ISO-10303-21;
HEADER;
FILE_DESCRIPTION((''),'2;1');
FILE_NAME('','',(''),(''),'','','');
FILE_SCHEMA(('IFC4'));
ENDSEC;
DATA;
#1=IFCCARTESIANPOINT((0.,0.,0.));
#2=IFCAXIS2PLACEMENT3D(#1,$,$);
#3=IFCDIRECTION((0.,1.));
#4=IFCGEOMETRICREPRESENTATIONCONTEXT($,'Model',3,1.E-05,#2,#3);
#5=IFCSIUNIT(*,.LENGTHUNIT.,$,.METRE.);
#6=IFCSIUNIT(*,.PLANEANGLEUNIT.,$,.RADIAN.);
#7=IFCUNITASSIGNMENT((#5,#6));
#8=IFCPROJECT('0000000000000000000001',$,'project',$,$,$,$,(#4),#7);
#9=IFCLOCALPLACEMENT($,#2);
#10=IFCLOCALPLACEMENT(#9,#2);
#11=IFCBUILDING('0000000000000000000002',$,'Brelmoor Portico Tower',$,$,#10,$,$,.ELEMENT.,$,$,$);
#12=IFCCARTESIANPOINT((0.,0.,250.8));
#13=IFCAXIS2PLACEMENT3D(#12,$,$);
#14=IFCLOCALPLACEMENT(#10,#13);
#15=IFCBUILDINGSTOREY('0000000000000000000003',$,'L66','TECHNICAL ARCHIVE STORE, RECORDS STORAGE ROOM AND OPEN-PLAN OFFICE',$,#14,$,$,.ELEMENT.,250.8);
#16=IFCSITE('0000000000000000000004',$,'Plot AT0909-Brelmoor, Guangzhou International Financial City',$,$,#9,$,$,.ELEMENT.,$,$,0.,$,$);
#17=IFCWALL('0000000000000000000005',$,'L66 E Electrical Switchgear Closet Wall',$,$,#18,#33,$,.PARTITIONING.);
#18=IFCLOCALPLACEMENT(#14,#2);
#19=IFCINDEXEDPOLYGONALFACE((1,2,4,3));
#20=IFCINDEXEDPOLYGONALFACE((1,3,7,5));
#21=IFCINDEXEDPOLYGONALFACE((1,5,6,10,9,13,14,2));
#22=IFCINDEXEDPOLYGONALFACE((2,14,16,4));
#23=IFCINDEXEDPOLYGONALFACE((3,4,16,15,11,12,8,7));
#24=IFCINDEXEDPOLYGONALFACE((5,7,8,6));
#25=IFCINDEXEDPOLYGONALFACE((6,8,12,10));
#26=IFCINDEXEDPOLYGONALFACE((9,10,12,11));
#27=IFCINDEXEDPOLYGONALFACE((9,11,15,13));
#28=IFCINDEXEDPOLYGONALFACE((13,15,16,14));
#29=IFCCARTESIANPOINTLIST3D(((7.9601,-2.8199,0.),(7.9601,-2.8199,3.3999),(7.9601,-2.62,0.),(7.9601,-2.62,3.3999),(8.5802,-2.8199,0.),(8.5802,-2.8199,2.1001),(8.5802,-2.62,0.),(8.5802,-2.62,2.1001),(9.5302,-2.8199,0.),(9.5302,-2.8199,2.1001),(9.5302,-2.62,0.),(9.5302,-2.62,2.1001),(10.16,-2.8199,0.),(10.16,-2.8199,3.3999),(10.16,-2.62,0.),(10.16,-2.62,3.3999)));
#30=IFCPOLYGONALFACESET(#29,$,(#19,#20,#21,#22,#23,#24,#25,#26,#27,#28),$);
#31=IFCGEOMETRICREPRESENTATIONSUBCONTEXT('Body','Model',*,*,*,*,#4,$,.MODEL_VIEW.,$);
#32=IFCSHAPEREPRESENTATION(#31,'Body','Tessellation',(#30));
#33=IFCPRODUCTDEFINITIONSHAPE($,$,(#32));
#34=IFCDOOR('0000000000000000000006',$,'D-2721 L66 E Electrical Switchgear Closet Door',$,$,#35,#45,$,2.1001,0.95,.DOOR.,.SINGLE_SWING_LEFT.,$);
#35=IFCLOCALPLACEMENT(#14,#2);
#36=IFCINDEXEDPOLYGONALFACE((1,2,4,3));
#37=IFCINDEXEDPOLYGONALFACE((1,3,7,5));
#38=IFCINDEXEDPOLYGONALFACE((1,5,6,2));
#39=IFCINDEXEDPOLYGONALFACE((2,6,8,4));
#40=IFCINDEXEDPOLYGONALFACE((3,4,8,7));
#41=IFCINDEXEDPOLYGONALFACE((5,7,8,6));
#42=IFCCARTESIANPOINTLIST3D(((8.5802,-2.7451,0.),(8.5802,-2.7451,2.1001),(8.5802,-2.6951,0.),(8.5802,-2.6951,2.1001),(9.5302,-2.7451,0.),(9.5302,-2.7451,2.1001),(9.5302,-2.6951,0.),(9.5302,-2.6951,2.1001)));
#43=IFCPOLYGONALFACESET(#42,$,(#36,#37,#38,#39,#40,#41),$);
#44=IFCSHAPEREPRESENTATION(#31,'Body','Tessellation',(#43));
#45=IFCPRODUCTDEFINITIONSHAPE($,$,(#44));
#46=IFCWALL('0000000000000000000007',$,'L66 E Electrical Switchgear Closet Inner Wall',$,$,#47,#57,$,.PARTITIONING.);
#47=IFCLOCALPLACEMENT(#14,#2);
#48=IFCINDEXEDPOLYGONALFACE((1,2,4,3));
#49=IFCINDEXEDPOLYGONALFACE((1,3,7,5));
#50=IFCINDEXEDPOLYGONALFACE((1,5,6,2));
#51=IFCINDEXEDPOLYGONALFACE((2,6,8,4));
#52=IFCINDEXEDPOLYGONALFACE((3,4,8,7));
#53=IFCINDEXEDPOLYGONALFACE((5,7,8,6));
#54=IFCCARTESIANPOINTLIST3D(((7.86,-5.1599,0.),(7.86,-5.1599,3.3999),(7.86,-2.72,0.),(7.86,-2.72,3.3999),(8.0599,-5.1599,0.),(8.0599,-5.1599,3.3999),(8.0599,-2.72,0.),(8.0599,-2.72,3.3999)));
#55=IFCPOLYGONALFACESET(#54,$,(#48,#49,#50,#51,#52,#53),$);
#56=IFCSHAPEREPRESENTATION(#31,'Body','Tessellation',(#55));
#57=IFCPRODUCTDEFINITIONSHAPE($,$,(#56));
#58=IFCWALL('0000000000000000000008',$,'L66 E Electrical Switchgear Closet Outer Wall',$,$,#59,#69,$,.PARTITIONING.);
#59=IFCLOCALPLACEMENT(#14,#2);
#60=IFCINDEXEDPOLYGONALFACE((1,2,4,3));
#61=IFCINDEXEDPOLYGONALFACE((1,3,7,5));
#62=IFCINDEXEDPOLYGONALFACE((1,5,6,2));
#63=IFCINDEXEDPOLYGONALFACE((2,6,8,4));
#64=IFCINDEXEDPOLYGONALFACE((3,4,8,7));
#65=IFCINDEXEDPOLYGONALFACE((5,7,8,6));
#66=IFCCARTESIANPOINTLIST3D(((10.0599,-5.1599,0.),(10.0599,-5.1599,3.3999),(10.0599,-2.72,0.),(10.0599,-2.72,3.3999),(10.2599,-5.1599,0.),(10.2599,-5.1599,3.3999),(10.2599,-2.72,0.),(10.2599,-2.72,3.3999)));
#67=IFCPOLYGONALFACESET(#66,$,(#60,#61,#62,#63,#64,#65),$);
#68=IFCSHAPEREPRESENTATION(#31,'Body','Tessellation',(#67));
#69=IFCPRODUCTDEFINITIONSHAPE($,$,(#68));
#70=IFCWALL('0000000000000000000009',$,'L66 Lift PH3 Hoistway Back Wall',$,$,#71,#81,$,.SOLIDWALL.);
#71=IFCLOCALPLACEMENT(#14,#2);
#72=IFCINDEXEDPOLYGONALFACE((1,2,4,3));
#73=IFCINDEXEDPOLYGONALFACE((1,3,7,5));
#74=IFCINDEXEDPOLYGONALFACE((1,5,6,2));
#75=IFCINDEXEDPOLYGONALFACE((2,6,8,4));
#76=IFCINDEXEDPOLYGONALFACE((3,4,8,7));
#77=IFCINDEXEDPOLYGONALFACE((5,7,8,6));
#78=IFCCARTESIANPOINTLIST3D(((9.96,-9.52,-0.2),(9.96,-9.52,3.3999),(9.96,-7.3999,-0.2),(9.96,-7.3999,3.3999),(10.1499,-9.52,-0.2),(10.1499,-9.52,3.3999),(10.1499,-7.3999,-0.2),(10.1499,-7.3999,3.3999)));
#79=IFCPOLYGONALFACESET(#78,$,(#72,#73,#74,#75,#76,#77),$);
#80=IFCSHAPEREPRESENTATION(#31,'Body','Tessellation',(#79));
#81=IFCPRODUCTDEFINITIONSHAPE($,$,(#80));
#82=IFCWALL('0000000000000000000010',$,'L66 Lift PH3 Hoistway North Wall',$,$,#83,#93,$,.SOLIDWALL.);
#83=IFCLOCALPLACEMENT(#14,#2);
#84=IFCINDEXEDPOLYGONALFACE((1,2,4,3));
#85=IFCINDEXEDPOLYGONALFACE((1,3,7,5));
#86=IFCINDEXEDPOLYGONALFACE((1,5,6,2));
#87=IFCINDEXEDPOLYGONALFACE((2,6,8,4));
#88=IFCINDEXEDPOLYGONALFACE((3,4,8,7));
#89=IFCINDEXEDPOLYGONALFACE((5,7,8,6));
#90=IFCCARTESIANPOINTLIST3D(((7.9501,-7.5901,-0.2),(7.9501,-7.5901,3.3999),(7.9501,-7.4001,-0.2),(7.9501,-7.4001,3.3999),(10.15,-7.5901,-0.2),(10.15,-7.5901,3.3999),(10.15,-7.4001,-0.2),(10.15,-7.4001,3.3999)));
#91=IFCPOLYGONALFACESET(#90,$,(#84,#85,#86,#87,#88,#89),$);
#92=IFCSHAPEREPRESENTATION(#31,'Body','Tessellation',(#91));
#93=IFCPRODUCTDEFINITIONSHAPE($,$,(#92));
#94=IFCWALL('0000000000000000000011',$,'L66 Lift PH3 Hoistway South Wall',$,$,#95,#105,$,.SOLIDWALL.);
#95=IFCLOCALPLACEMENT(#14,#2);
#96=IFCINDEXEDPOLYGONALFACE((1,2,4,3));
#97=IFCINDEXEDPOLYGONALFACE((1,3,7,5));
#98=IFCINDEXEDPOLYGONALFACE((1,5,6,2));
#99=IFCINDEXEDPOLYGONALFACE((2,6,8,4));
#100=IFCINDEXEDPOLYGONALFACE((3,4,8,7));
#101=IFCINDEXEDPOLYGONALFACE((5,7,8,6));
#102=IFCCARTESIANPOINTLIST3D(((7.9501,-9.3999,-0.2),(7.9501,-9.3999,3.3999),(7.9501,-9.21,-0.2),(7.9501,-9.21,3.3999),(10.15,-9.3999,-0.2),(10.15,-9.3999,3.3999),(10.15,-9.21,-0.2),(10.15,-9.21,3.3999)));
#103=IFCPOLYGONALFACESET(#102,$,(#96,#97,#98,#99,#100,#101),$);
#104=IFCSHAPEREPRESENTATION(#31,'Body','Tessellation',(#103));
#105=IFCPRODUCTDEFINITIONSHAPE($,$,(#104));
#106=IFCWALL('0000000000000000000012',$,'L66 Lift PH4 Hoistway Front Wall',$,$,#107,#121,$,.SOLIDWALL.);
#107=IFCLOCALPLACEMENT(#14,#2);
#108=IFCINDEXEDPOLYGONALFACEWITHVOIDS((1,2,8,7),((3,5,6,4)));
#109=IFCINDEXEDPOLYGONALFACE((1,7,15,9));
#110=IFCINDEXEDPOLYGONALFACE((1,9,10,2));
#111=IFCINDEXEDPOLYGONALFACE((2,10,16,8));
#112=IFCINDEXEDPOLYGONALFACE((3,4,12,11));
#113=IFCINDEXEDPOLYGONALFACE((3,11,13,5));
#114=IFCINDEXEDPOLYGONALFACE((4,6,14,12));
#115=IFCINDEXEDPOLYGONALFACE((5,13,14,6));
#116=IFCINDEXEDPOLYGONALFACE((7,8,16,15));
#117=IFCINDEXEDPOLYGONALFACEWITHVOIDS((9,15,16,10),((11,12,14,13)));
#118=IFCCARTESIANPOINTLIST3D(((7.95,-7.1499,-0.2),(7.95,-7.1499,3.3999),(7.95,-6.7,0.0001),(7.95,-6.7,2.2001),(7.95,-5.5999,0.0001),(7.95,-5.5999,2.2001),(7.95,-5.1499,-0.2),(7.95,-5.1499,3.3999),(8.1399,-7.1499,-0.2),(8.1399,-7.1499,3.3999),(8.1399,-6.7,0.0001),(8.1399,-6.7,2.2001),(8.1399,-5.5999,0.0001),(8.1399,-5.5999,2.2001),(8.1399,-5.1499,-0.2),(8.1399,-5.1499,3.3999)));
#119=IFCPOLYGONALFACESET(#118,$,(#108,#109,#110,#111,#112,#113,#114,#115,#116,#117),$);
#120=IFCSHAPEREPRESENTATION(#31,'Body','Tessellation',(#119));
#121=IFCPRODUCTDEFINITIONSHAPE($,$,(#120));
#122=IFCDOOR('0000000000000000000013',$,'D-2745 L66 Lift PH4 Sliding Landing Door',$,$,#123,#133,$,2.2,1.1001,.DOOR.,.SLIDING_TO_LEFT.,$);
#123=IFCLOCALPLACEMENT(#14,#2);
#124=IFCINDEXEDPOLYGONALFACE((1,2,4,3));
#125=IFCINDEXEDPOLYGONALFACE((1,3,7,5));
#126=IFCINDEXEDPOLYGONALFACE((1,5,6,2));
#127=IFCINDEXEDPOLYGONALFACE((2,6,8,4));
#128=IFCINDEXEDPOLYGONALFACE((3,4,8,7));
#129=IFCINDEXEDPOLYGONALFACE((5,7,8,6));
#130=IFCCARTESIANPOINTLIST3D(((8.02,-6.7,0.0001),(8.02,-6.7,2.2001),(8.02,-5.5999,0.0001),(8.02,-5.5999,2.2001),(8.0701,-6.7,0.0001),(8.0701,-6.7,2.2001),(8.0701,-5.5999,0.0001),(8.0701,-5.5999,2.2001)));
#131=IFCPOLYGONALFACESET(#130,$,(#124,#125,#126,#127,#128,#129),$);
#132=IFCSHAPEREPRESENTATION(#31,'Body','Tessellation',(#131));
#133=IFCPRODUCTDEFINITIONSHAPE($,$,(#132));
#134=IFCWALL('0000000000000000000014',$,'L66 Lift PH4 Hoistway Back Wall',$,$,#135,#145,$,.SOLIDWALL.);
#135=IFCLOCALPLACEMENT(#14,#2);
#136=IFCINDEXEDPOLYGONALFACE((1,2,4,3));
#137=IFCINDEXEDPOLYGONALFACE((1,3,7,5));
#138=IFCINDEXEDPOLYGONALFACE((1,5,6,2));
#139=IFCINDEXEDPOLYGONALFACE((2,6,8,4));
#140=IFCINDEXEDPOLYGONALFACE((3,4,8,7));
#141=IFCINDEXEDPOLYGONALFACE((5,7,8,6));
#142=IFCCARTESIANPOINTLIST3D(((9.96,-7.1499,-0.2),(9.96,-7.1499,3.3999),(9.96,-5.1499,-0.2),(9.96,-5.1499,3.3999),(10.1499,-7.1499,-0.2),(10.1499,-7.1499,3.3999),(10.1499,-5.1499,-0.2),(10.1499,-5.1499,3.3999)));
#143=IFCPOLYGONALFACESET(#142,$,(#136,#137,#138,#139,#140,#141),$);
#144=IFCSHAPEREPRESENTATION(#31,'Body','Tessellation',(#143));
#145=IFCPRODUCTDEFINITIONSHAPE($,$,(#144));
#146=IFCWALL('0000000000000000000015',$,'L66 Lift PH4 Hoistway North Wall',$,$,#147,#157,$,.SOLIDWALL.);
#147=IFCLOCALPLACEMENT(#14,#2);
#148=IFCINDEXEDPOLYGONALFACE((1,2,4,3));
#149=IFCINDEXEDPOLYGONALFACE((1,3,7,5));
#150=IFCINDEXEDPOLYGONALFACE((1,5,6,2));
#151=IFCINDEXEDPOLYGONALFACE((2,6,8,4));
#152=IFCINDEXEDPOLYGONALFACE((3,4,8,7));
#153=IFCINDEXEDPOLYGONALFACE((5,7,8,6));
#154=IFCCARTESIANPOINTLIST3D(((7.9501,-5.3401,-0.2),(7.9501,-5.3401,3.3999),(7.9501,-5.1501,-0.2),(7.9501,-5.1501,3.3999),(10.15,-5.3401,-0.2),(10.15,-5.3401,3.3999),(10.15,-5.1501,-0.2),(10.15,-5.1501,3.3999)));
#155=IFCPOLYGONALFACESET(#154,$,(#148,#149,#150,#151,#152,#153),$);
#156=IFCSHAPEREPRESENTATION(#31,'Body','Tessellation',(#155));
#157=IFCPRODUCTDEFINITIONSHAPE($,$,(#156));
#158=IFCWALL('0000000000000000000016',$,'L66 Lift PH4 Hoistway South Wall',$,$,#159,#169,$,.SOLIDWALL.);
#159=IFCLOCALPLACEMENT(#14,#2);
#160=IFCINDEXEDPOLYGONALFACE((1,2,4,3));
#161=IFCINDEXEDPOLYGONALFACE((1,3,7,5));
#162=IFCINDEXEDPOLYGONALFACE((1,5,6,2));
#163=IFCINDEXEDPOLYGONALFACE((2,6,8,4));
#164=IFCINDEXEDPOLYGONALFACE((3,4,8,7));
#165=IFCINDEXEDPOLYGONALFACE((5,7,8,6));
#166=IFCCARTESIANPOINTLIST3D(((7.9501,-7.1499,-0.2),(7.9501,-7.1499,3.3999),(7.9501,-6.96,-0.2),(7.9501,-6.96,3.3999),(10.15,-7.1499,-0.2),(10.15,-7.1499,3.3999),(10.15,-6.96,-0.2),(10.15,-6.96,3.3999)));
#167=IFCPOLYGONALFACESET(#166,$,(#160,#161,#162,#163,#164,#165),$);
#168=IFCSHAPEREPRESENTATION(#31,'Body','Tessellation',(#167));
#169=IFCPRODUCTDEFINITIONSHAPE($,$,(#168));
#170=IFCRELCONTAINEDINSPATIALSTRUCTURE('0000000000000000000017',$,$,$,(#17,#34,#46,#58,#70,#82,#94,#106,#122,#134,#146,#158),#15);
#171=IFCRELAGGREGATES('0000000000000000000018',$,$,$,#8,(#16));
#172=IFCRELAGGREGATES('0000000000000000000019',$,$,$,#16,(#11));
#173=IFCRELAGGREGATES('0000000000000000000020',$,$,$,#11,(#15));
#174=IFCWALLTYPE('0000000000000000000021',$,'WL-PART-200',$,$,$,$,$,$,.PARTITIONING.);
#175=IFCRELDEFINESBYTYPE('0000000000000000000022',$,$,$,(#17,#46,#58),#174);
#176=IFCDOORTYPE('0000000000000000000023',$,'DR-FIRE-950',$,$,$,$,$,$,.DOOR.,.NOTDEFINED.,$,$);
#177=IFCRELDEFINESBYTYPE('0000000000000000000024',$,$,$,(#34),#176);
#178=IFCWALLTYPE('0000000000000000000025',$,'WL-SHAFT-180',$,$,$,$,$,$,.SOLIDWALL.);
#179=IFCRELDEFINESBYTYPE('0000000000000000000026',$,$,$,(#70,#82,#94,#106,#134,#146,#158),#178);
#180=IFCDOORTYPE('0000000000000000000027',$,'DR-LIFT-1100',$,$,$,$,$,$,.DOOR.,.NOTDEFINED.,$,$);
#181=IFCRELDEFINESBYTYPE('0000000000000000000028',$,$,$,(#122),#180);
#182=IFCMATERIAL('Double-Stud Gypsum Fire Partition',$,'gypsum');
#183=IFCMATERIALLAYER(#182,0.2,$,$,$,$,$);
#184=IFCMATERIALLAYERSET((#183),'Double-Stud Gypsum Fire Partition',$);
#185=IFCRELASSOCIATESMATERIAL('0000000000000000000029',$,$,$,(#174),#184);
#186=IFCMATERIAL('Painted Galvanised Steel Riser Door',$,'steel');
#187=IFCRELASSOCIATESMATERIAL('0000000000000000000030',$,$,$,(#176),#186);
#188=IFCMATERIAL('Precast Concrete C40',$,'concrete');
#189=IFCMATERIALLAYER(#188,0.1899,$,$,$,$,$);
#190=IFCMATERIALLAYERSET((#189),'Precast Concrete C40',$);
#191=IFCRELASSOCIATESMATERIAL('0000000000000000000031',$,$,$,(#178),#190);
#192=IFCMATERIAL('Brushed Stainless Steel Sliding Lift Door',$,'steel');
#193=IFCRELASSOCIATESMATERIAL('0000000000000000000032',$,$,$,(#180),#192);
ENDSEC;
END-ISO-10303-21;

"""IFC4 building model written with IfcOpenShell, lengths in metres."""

from ifc_helpers import new_model, si_unit, direction, frame, frame_2d, origin, place, context, subcontext, project, spatial, rectangle, extrude, material, layer, layer_set, type_object, element, fill, save


model = new_model("IFC4")

# Units and contexts
model_context = context("Model", 3, precision=1e-05, world=origin(), true_north=direction((0.0, 1.0)))
body_context = subcontext(model_context, "Body", "Model", "MODEL_VIEW")
ifc_project = project(units=[si_unit("LENGTHUNIT", "METRE"), si_unit("PLANEANGLEUNIT", "RADIAN")], contexts=[model_context])

# Site, building, storey
site_placement = place(None, origin())
site = spatial("IfcSite", under=ifc_project, at=site_placement, Name="Plot AT0909-Brelmoor, Guangzhou International Financial City", CompositionType="ELEMENT", RefElevation=0.0)
building_placement = place(site_placement, origin())
building = spatial("IfcBuilding", under=site, at=building_placement, Name="Brelmoor Portico Tower", CompositionType="ELEMENT")
storey_placement = place(building_placement, frame((0.0, 0.0, 250.8)))
storey = spatial("IfcBuildingStorey", under=building, at=storey_placement, Name="L66", Description="TECHNICAL ARCHIVE STORE, RECORDS STORAGE ROOM AND OPEN-PLAN OFFICE", CompositionType="ELEMENT", Elevation=250.8)

# Shared definitions
ifc_material_1 = material(Name="Double-Stud Gypsum Fire Partition", Category="gypsum")
ifc_layer_1 = layer(ifc_material_1, 0.2)
ifc_layer_set_1 = layer_set([ifc_layer_1], Name="Double-Stud Gypsum Fire Partition")
wall_type_1 = type_object("IfcWallType", Name="WL-PART-200", PredefinedType="PARTITIONING", material=ifc_layer_set_1)

# Wall, opening, door
wall_1_placement = place(storey_placement, frame((7.96, -2.72, 0.0), z_axis=(0.0, 0.0, 1.0), x_axis=(1.0, 0.0, 0.0)))
wall_1 = element("IfcWall", 1, at=wall_1_placement, inside=storey, type_object=wall_type_1, Name="L66 E Electrical Switchgear Closet Wall", PredefinedType="PARTITIONING", context=body_context, shape_type="SweptSolid", body=[
    extrude(rectangle(XDim=2.2, YDim=0.2, at=frame_2d((1.1001, 0.0))), origin(), (0.0, 0.0, 1.0), 3.3999),
])
opening_1_placement = place(wall_1_placement, frame((0.6201, 0.0, 0.0)))
opening_1 = element("IfcOpeningElement", 2, at=opening_1_placement, cuts=wall_1, PredefinedType="OPENING", context=body_context, shape_type="SweptSolid", body=[
    extrude(rectangle(XDim=0.95, YDim=2.1001, at=frame_2d((0.4751, 1.05))), frame((0.0, 0.1099, 0.0), z_axis=(0.0, -1.0, 0.0), x_axis=(1.0, 0.0, 0.0)), (0.0, 0.0, 1.0), 0.22),
])
ifc_material_2 = material(Name="Painted Galvanised Steel Riser Door", Category="steel")
door_type_1 = type_object("IfcDoorType", Name="DR-FIRE-950", OperationType="NOTDEFINED", PredefinedType="DOOR", material=ifc_material_2)
door_1_placement = place(opening_1_placement, origin())
door_1 = element("IfcDoor", 3, at=door_1_placement, inside=storey, type_object=door_type_1, Name="D-2721 L66 E Electrical Switchgear Closet Door", OperationType="SINGLE_SWING_LEFT", OverallHeight=2.1001, OverallWidth=0.95, PredefinedType="DOOR", context=body_context, shape_type="SweptSolid", body=[
    extrude(rectangle(XDim=0.95, YDim=2.1001, at=frame_2d((0.4751, 1.05))), frame((0.0, 0.0249, 0.0), z_axis=(0.0, -1.0, 0.0), x_axis=(1.0, 0.0, 0.0)), (0.0, 0.0, 1.0), 0.05),
])
fill(opening_1, door_1)

# Walls
for number, where, z_axis, x_axis, name in (
    (4, (7.96, -5.1599, 0.0), (0.0, 0.0, 1.0), (0.0, 1.0, 0.0), "L66 E Electrical Switchgear Closet Inner Wall"),
    (5, (10.1599, -5.1599, 0.0), (0.0, 0.0, 1.0), (0.0, 1.0, 0.0), "L66 E Electrical Switchgear Closet Outer Wall"),
):
    element("IfcWall", number, at=place(storey_placement, frame(where, z_axis=z_axis, x_axis=x_axis)), inside=storey, type_object=wall_type_1, Name=name, PredefinedType="PARTITIONING", context=body_context, shape_type="SweptSolid", body=[
        extrude(rectangle(XDim=2.4399, YDim=0.2, at=frame_2d((1.22, 0.0))), origin(), (0.0, 0.0, 1.0), 3.3999),
    ])
ifc_material_3 = material(Name="Precast Concrete C40", Category="concrete")
ifc_layer_2 = layer(ifc_material_3, 0.1899)
ifc_layer_set_2 = layer_set([ifc_layer_2], Name="Precast Concrete C40")
wall_type_2 = type_object("IfcWallType", Name="WL-SHAFT-180", PredefinedType="SOLIDWALL", material=ifc_layer_set_2)
wall_2_placement = place(storey_placement, frame((10.0549, -9.52, -0.2), z_axis=(0.0, 0.0, 1.0), x_axis=(0.0, 1.0, 0.0)))
element("IfcWall", 6, at=wall_2_placement, inside=storey, type_object=wall_type_2, Name="L66 Lift PH3 Hoistway Back Wall", PredefinedType="SOLIDWALL", context=body_context, shape_type="SweptSolid", body=[
    extrude(rectangle(XDim=2.1201, YDim=0.1899, at=frame_2d((1.0601, 0.0))), origin(), (0.0, 0.0, 1.0), 3.5999),
])
for number, where, z_axis, x_axis, name in (
    (7, (7.95, -7.4951, -0.2), (0.0, 0.0, 1.0), (1.0, 0.0, 0.0), "L66 Lift PH3 Hoistway North Wall"),
    (8, (7.95, -9.3049, -0.2), (0.0, 0.0, 1.0), (1.0, 0.0, 0.0), "L66 Lift PH3 Hoistway South Wall"),
):
    element("IfcWall", number, at=place(storey_placement, frame(where, z_axis=z_axis, x_axis=x_axis)), inside=storey, type_object=wall_type_2, Name=name, PredefinedType="SOLIDWALL", context=body_context, shape_type="SweptSolid", body=[
        extrude(rectangle(XDim=2.2, YDim=0.1899, at=frame_2d((1.1001, 0.0))), origin(), (0.0, 0.0, 1.0), 3.5999),
    ])

# Wall, opening, door
wall_3_placement = place(storey_placement, frame((8.0449, -7.1499, -0.2), z_axis=(0.0, 0.0, 1.0), x_axis=(0.0, 1.0, 0.0)))
wall_3 = element("IfcWall", 9, at=wall_3_placement, inside=storey, type_object=wall_type_2, Name="L66 Lift PH4 Hoistway Front Wall", PredefinedType="SOLIDWALL", context=body_context, shape_type="SweptSolid", body=[
    extrude(rectangle(XDim=2.0, YDim=0.1899, at=frame_2d((1.0, 0.0))), origin(), (0.0, 0.0, 1.0), 3.5999),
])
opening_2_placement = place(wall_3_placement, frame((0.45, 0.0, 0.2)))
opening_2 = element("IfcOpeningElement", 10, at=opening_2_placement, cuts=wall_3, PredefinedType="OPENING", context=body_context, shape_type="SweptSolid", body=[
    extrude(rectangle(XDim=1.1001, YDim=2.2, at=frame_2d((0.55, 1.1001))), frame((0.0, 0.105, 0.0), z_axis=(0.0, -1.0, 0.0), x_axis=(1.0, 0.0, 0.0)), (0.0, 0.0, 1.0), 0.21),
])
ifc_material_4 = material(Name="Brushed Stainless Steel Sliding Lift Door", Category="steel")
door_type_2 = type_object("IfcDoorType", Name="DR-LIFT-1100", OperationType="NOTDEFINED", PredefinedType="DOOR", material=ifc_material_4)
door_2_placement = place(opening_2_placement, origin())
door_2 = element("IfcDoor", 11, at=door_2_placement, inside=storey, type_object=door_type_2, Name="D-2745 L66 Lift PH4 Sliding Landing Door", OperationType="SLIDING_TO_LEFT", OverallHeight=2.2, OverallWidth=1.1001, PredefinedType="DOOR", context=body_context, shape_type="SweptSolid", body=[
    extrude(rectangle(XDim=1.1001, YDim=2.2, at=frame_2d((0.55, 1.1001))), frame((0.0, 0.0249, 0.0), z_axis=(0.0, -1.0, 0.0), x_axis=(1.0, 0.0, 0.0)), (0.0, 0.0, 1.0), 0.05),
])
fill(opening_2, door_2)

# Walls
wall_4_placement = place(storey_placement, frame((10.0549, -7.1499, -0.2), z_axis=(0.0, 0.0, 1.0), x_axis=(0.0, 1.0, 0.0)))
element("IfcWall", 12, at=wall_4_placement, inside=storey, type_object=wall_type_2, Name="L66 Lift PH4 Hoistway Back Wall", PredefinedType="SOLIDWALL", context=body_context, shape_type="SweptSolid", body=[
    extrude(rectangle(XDim=2.0, YDim=0.1899, at=frame_2d((1.0, 0.0))), origin(), (0.0, 0.0, 1.0), 3.5999),
])
for number, where, z_axis, x_axis, name in (
    (13, (7.95, -5.2451, -0.2), (0.0, 0.0, 1.0), (1.0, 0.0, 0.0), "L66 Lift PH4 Hoistway North Wall"),
    (14, (7.95, -7.0549, -0.2), (0.0, 0.0, 1.0), (1.0, 0.0, 0.0), "L66 Lift PH4 Hoistway South Wall"),
):
    element("IfcWall", number, at=place(storey_placement, frame(where, z_axis=z_axis, x_axis=x_axis)), inside=storey, type_object=wall_type_2, Name=name, PredefinedType="SOLIDWALL", context=body_context, shape_type="SweptSolid", body=[
        extrude(rectangle(XDim=2.2, YDim=0.1899, at=frame_2d((1.1001, 0.0))), origin(), (0.0, 0.0, 1.0), 3.5999),
    ])

save(model, "model.ifc")
